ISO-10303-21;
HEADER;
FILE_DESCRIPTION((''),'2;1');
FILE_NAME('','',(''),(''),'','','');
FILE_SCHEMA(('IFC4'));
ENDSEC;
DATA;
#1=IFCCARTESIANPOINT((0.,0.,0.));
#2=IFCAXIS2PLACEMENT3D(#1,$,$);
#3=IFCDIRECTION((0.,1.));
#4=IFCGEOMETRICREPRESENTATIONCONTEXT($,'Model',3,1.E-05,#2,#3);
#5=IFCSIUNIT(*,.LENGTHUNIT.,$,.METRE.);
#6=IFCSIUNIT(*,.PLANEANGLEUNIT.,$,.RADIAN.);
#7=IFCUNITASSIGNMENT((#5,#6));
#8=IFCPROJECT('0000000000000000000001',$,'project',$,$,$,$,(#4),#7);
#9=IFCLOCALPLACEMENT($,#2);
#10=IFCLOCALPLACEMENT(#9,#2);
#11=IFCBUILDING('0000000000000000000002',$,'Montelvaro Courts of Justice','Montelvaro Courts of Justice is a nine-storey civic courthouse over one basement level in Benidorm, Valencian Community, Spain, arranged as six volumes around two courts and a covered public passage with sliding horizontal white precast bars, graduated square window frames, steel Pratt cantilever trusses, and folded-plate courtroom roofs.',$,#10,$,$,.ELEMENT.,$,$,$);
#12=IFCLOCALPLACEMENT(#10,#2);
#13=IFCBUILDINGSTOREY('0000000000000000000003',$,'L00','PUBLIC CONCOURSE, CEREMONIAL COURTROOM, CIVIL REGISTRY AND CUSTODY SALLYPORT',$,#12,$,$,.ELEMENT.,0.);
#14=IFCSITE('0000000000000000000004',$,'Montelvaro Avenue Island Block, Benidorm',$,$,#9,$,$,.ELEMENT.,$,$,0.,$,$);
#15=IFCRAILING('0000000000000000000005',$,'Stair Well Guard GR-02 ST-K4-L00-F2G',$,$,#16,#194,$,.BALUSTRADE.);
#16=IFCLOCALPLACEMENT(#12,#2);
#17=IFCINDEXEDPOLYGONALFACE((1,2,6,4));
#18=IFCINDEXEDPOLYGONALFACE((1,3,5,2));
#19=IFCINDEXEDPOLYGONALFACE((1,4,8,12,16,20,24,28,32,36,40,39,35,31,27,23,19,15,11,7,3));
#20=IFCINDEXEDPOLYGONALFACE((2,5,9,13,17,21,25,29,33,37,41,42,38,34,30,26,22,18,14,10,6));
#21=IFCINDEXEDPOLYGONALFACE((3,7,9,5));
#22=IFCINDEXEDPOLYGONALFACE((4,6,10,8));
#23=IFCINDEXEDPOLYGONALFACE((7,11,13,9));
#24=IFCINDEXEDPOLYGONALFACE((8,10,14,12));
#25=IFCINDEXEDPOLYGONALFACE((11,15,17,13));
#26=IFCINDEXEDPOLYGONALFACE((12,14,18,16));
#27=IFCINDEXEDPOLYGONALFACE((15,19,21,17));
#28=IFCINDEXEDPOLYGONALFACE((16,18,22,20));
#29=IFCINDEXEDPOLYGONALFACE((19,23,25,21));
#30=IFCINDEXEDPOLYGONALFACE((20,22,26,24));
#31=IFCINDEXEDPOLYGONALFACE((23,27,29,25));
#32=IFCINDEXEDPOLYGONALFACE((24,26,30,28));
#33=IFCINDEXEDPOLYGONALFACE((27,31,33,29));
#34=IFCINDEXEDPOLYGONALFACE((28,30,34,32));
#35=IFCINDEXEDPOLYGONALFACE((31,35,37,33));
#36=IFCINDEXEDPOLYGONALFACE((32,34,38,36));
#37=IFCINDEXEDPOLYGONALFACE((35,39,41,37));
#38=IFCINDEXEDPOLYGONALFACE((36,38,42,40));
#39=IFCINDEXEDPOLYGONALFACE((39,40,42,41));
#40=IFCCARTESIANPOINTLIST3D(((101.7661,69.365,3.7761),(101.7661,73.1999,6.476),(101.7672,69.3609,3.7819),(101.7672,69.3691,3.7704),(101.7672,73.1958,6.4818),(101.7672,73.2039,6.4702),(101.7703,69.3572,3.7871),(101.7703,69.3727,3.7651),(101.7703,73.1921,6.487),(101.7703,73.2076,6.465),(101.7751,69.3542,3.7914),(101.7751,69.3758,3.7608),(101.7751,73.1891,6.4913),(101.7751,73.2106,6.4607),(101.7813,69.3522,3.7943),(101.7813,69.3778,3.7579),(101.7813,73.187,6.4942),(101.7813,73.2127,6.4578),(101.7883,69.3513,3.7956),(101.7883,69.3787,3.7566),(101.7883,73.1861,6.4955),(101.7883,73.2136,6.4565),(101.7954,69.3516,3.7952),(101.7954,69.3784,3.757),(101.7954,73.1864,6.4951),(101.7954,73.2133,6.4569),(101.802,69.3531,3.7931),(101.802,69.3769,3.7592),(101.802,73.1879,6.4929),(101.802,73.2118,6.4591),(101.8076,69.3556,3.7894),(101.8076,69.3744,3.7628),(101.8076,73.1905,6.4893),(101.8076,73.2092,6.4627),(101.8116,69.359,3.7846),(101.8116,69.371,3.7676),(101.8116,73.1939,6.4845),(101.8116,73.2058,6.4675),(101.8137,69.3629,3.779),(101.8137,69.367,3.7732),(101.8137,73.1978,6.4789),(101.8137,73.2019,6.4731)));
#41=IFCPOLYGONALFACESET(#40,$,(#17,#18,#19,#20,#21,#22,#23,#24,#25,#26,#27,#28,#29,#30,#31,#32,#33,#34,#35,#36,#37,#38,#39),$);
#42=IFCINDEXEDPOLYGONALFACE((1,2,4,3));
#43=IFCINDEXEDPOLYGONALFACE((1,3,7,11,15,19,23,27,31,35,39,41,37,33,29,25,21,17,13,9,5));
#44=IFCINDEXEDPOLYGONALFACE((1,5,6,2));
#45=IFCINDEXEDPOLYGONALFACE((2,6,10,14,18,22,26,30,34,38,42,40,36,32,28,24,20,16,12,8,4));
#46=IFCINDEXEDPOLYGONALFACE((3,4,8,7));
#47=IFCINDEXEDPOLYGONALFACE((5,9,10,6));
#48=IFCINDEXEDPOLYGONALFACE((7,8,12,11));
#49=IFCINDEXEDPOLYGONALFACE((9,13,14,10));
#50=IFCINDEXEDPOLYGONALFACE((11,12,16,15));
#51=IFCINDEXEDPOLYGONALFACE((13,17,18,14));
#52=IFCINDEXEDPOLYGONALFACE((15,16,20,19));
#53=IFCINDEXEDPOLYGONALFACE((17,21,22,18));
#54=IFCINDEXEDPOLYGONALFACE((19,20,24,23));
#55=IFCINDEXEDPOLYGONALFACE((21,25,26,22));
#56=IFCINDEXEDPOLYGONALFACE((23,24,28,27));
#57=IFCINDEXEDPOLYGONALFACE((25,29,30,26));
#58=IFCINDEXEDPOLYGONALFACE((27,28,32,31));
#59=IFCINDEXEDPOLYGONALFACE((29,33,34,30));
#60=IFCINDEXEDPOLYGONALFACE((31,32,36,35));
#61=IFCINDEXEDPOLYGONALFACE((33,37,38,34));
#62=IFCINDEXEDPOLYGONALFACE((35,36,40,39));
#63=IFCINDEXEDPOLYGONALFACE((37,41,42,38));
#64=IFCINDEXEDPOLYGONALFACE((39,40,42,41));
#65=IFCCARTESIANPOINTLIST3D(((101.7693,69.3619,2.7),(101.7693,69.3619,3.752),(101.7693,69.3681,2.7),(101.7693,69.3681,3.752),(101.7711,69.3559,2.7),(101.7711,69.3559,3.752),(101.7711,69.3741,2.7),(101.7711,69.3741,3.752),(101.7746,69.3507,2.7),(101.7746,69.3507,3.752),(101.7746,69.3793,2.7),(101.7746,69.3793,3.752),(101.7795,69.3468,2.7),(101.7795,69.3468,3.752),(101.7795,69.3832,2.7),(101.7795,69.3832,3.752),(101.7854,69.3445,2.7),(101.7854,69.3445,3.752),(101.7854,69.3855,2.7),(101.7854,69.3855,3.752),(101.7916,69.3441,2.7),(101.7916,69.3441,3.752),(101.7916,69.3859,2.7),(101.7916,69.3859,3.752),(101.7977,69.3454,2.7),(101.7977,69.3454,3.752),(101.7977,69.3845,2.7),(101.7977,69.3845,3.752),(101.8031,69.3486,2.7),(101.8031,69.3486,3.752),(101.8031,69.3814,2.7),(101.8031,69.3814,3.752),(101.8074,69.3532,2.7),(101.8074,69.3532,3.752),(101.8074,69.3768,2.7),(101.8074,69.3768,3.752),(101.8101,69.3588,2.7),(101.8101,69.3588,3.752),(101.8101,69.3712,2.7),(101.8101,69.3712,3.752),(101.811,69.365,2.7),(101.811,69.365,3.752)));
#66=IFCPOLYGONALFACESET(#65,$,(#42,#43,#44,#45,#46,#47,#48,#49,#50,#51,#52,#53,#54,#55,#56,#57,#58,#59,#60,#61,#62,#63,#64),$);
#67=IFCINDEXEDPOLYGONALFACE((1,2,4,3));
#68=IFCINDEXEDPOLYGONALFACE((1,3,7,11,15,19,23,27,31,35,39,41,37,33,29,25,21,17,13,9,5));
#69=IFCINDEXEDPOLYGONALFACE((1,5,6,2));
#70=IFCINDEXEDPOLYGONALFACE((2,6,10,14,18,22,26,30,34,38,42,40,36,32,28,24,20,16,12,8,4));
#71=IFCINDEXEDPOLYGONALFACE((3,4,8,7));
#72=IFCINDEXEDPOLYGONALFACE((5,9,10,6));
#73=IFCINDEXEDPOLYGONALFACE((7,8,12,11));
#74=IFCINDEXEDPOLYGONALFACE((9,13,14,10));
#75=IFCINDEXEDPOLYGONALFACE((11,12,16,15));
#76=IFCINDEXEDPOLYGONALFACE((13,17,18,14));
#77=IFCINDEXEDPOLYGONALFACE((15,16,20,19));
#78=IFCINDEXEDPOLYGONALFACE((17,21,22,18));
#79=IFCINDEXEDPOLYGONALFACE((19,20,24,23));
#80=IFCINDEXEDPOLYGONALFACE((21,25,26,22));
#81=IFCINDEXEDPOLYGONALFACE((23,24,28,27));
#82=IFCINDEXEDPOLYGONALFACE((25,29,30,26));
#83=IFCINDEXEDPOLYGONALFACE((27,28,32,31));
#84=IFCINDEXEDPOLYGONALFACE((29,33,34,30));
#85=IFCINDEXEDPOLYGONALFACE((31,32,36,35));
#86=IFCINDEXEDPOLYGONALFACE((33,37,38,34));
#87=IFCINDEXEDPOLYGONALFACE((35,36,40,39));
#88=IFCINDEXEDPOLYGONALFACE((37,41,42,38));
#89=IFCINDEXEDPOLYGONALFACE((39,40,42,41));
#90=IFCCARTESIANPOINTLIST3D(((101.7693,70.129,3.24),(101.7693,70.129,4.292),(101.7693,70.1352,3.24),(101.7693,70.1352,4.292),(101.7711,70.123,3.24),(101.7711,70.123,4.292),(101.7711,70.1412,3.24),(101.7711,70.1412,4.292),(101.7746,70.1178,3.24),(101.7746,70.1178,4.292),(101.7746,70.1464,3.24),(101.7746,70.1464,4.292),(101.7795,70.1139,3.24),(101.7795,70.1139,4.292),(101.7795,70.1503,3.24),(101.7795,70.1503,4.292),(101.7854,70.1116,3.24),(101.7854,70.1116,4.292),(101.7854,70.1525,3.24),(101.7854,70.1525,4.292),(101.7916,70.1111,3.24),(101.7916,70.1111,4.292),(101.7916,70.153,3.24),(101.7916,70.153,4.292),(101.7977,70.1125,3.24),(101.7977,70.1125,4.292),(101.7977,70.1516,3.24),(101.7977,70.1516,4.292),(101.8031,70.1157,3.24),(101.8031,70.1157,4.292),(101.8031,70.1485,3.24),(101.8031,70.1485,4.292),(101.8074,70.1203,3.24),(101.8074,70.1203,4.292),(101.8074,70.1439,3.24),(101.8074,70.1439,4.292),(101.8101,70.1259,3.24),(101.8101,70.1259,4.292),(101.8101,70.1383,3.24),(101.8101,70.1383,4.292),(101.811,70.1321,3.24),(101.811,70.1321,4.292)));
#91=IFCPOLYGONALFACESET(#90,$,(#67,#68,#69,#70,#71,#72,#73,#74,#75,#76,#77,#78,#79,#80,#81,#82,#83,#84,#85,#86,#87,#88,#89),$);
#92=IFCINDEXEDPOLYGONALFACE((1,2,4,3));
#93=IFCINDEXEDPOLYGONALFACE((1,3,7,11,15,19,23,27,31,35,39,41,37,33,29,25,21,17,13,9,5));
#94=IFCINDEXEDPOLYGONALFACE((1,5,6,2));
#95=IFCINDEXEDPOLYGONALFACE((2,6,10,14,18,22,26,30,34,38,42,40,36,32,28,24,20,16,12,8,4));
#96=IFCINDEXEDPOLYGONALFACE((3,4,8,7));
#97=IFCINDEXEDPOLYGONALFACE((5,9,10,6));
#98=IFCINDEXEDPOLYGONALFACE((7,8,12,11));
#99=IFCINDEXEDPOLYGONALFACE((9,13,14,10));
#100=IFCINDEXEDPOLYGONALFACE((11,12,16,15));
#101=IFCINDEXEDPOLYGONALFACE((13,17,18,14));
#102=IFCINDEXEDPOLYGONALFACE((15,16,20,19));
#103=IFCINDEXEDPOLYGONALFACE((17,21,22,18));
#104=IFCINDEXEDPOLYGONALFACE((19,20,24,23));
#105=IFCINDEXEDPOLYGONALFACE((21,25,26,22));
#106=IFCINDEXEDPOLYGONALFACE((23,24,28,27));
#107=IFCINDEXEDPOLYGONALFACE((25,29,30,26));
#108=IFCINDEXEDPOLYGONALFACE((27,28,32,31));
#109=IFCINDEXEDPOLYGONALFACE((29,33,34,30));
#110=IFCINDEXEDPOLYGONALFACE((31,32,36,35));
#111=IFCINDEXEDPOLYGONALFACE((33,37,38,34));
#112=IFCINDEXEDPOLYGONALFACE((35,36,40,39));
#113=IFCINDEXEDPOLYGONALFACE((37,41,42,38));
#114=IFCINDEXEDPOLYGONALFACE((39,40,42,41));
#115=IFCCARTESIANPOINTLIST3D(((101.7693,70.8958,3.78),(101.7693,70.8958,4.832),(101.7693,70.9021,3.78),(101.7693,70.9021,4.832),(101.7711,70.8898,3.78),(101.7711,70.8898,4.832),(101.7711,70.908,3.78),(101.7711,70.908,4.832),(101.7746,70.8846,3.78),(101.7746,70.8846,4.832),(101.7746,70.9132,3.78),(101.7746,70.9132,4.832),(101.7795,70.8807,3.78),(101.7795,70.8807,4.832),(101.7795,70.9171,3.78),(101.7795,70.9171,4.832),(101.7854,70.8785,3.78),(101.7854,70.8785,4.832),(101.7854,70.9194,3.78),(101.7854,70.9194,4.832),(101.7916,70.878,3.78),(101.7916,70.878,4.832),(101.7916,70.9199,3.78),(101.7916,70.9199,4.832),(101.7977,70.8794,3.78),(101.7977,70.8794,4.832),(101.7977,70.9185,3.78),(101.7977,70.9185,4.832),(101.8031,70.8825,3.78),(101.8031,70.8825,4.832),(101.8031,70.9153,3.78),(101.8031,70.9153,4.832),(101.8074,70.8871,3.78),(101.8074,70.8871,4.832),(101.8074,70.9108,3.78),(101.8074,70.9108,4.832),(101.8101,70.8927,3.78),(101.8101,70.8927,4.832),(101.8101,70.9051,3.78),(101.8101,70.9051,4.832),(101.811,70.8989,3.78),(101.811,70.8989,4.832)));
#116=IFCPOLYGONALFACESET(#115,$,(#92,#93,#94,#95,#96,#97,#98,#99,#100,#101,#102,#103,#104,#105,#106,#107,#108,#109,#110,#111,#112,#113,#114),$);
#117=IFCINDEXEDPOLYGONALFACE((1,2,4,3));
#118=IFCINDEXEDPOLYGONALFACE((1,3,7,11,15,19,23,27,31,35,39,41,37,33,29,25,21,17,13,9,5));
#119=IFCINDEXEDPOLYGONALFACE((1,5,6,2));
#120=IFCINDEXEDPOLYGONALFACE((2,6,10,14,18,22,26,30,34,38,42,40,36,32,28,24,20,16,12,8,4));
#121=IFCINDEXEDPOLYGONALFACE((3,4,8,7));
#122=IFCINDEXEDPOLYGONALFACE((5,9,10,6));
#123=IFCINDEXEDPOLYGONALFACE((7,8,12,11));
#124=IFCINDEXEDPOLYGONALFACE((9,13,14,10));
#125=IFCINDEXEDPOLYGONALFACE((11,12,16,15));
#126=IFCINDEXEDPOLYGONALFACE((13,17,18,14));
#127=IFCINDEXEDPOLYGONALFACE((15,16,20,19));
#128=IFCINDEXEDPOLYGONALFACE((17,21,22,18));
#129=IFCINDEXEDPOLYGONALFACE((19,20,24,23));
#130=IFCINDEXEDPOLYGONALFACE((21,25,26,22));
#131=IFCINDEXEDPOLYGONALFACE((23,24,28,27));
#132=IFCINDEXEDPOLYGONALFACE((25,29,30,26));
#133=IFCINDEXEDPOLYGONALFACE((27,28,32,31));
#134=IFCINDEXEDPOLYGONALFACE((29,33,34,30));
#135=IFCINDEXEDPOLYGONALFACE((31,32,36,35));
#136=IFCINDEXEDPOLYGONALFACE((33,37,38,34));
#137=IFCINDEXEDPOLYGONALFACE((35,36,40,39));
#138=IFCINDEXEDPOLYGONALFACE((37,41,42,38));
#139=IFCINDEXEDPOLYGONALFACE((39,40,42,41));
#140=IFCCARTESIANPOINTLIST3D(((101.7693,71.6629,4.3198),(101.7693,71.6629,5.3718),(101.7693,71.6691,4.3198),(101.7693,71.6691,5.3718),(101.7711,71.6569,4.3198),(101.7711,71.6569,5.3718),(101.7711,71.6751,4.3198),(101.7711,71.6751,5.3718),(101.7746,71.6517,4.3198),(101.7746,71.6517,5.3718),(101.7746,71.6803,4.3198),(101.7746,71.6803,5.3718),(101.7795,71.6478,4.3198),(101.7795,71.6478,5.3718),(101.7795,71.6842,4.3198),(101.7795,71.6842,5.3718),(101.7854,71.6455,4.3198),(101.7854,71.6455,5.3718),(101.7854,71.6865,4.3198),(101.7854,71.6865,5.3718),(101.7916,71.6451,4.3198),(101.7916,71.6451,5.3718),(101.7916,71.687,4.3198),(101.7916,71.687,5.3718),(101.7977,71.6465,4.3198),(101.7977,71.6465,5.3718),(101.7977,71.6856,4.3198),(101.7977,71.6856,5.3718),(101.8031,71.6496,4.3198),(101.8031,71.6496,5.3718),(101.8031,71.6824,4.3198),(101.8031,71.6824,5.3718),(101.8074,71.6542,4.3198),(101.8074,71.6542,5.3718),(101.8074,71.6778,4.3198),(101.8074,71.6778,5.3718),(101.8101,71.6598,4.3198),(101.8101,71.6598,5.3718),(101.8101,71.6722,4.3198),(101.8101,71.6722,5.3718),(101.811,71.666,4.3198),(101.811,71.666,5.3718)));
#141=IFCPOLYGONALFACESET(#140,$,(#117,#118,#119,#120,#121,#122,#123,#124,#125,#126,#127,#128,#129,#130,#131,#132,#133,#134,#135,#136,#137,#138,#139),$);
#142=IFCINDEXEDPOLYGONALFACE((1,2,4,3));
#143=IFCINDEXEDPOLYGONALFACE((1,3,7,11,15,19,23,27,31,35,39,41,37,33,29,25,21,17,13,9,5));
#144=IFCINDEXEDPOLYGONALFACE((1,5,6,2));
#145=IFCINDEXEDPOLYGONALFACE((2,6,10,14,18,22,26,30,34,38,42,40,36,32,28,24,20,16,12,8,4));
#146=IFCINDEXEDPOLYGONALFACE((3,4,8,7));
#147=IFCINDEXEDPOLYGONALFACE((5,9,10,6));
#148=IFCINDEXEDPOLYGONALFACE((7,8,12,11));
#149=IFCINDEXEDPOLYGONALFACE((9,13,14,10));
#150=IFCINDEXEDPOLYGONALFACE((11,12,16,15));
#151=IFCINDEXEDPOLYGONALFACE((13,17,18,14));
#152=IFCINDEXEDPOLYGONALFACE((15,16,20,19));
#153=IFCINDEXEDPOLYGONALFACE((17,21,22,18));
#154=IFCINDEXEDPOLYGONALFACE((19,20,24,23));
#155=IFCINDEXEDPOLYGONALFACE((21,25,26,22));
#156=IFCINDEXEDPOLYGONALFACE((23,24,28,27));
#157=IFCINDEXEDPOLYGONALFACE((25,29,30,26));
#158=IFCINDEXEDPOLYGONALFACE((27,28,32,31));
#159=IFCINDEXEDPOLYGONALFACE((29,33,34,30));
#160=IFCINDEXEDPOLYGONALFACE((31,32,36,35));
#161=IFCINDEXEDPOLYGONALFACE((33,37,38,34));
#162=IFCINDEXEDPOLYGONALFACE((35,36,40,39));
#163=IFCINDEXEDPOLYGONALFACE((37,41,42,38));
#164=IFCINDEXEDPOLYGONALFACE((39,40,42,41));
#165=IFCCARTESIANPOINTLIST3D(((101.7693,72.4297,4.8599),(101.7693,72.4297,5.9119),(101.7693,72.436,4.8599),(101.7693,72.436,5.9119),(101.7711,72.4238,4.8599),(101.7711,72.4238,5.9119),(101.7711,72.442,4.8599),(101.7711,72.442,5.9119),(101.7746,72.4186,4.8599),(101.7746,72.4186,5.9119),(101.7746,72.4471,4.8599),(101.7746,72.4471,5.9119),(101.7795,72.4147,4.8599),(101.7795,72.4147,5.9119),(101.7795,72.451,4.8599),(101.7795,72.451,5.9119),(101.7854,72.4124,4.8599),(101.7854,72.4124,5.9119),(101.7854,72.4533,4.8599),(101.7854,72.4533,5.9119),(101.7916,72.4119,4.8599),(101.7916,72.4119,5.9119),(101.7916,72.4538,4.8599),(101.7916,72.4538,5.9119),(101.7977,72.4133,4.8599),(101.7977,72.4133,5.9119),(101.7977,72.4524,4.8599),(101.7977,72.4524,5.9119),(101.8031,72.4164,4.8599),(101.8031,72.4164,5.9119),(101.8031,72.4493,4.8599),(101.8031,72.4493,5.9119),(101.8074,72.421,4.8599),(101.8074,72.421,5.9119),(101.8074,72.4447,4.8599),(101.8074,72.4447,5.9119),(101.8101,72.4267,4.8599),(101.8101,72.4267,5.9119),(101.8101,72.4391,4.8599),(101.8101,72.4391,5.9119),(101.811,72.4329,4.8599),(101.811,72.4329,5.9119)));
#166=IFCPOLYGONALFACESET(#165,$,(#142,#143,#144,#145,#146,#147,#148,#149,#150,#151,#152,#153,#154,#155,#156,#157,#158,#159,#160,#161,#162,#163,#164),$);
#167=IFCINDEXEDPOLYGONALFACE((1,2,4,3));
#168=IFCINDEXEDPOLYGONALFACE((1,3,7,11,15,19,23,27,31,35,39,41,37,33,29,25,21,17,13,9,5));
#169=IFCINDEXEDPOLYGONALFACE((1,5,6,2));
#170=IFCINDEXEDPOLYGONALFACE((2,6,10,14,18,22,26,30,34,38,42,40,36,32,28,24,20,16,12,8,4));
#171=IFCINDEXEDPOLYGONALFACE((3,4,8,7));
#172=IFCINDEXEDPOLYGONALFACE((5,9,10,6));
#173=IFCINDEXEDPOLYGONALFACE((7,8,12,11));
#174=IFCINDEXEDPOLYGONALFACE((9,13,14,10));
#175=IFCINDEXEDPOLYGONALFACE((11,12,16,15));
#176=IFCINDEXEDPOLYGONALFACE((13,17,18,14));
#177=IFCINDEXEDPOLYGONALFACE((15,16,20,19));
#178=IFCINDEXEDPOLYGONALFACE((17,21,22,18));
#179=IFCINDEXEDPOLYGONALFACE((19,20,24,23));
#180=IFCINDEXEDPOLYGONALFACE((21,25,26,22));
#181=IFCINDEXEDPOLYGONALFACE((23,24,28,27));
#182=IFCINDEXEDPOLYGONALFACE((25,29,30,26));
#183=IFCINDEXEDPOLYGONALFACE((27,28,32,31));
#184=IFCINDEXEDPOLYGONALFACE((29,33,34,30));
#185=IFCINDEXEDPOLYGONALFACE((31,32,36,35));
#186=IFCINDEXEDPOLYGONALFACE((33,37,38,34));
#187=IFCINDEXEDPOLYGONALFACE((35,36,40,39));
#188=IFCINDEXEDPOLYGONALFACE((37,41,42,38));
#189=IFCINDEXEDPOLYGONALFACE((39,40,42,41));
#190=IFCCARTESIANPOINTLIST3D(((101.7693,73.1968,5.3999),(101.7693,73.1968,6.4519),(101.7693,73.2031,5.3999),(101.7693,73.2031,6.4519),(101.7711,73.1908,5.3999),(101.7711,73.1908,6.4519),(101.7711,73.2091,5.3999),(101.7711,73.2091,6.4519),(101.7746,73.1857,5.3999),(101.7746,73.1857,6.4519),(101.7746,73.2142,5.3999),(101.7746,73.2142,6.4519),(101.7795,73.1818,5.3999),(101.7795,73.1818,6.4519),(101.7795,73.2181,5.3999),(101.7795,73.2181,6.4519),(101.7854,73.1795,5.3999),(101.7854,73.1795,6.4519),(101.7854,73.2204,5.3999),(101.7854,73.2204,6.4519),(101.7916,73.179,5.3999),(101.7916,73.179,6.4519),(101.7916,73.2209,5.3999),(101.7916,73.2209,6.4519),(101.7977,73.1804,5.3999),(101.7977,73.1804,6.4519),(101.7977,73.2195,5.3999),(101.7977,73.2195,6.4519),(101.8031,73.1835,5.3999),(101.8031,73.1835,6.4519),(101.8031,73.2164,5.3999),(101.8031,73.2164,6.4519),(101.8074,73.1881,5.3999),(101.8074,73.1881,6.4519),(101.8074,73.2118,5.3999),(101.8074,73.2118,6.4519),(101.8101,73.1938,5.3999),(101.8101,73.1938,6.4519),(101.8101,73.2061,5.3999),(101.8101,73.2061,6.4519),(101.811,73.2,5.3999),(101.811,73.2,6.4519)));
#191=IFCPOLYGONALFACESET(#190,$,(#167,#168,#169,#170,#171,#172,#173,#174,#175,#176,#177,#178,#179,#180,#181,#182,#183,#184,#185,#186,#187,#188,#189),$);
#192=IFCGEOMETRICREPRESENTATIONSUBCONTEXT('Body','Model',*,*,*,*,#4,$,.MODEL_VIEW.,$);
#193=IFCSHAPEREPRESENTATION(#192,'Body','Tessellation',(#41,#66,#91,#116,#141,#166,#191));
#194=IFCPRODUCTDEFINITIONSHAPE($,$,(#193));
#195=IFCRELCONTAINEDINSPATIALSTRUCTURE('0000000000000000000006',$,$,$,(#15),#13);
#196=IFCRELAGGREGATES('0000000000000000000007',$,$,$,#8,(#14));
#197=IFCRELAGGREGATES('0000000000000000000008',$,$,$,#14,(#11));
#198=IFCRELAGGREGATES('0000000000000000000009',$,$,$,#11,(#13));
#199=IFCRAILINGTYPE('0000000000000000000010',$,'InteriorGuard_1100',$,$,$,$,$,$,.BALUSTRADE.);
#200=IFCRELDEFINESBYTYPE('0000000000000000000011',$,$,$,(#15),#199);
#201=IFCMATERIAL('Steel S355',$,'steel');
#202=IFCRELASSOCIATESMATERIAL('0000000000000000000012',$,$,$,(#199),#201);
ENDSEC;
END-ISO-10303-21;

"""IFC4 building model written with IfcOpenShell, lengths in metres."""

from ifc_helpers import new_model, si_unit, direction, frame, origin, origin_2d, place, context, subcontext, project, spatial, circle, extrude, material, type_object, element, save


model = new_model("IFC4")

# Units and contexts
model_context = context("Model", 3, precision=1e-05, world=origin(), true_north=direction((0.0, 1.0)))
body_context = subcontext(model_context, "Body", "Model", "MODEL_VIEW")
ifc_project = project(units=[si_unit("LENGTHUNIT", "METRE"), si_unit("PLANEANGLEUNIT", "RADIAN")], contexts=[model_context])

# Site, building, storey
site_placement = place(None, origin())
site = spatial("IfcSite", under=ifc_project, at=site_placement, Name="Montelvaro Avenue Island Block, Benidorm", CompositionType="ELEMENT", RefElevation=0.0)
building_placement = place(site_placement, origin())
building = spatial("IfcBuilding", under=site, at=building_placement, Name="Montelvaro Courts of Justice", Description="Montelvaro Courts of Justice is a nine-storey civic courthouse over one basement level in Benidorm, Valencian Community, Spain, arranged as six volumes around two courts and a covered public passage with sliding horizontal white precast bars, graduated square window frames, steel Pratt cantilever trusses, and folded-plate courtroom roofs.", CompositionType="ELEMENT")
storey_placement = place(building_placement, origin())
storey = spatial("IfcBuildingStorey", under=building, at=storey_placement, Name="L00", Description="PUBLIC CONCOURSE, CEREMONIAL COURTROOM, CIVIL REGISTRY AND CUSTODY SALLYPORT", CompositionType="ELEMENT", Elevation=0.0)

# Railing
ifc_material_1 = material(Name="Steel S355", Category="steel")
railing_type_1 = type_object("IfcRailingType", Name="InteriorGuard_1100", PredefinedType="BALUSTRADE", material=ifc_material_1)
railing_1_placement = place(storey_placement, frame((101.79, 69.365, 2.7)))
element("IfcRailing", 1, at=railing_1_placement, inside=storey, type_object=railing_type_1, Name="Stair Well Guard GR-02 ST-K4-L00-F2G", PredefinedType="BALUSTRADE", context=body_context, shape_type="SweptSolid", body=[
    extrude(circle(Radius=0.0239, at=origin_2d()), frame((0.0, 0.0, 1.0762), z_axis=(0.0, 0.817678, 0.575675), x_axis=(-1.0, 0.0, 0.0)), (0.0, 0.0, 1.0), 4.6899),
    extrude(circle(Radius=0.021, at=origin_2d()), origin(), (0.0, 0.0, 1.0), 1.052),
    extrude(circle(Radius=0.021, at=origin_2d()), frame((0.0, 0.7671, 0.54)), (0.0, 0.0, 1.0), 1.052),
    extrude(circle(Radius=0.021, at=origin_2d()), frame((0.0, 1.5339, 1.0801)), (0.0, 0.0, 1.0), 1.052),
    extrude(circle(Radius=0.021, at=origin_2d()), frame((0.0, 2.301, 1.6199)), (0.0, 0.0, 1.0), 1.052),
    extrude(circle(Radius=0.021, at=origin_2d()), frame((0.0, 3.0679, 2.1599)), (0.0, 0.0, 1.0), 1.052),
    extrude(circle(Radius=0.021, at=origin_2d()), frame((0.0, 3.835, 2.7)), (0.0, 0.0, 1.0), 1.052),
])

save(model, "model.ifc")
